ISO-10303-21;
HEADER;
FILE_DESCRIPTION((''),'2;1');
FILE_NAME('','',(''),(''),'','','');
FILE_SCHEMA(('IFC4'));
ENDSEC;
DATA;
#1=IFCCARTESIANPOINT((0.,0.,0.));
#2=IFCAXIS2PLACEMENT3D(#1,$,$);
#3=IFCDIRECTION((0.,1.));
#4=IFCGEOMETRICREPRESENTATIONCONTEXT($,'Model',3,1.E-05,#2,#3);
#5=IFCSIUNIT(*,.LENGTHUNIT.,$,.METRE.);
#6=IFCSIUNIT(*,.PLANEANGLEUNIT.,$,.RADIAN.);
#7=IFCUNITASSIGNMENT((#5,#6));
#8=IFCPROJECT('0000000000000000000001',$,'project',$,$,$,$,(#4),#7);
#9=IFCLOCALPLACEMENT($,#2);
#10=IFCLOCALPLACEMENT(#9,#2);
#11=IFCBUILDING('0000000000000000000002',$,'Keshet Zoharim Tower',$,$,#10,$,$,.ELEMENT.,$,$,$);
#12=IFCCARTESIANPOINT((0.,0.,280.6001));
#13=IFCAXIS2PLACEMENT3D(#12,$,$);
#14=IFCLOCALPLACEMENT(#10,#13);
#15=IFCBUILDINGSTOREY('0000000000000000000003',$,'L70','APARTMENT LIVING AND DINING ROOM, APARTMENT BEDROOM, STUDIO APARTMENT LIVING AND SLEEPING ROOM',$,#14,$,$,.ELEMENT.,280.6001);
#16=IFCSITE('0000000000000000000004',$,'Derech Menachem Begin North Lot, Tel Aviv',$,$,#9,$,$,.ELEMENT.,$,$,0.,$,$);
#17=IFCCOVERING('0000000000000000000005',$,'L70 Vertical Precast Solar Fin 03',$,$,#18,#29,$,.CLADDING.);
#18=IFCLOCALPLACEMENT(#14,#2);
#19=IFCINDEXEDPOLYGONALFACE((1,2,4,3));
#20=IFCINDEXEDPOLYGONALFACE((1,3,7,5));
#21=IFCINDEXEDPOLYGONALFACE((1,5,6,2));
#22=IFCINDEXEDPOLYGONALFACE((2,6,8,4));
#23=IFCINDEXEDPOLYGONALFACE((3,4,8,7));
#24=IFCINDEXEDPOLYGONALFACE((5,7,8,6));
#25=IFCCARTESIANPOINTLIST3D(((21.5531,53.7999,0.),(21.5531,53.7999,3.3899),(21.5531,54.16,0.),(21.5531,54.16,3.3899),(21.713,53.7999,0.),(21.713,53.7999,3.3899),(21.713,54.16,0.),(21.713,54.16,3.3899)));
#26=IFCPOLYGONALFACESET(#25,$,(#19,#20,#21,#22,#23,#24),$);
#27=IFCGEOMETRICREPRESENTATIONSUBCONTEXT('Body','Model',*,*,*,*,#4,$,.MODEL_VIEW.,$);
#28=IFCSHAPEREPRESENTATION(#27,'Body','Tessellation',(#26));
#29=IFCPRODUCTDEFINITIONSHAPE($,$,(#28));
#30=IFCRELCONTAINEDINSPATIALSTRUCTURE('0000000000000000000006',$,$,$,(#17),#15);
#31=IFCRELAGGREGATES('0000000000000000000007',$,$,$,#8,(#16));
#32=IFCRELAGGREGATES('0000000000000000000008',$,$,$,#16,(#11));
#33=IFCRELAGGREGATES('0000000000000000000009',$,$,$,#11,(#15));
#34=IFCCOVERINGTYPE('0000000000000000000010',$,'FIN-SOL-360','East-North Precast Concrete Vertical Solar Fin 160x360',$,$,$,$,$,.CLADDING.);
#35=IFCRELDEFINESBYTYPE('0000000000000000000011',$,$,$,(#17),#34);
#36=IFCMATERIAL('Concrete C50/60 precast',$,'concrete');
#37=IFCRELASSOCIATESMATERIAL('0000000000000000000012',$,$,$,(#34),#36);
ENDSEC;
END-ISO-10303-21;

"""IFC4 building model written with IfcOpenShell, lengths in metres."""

from ifc_helpers import new_model, si_unit, direction, frame, origin, origin_2d, place, context, subcontext, project, spatial, rectangle, extrude, material, type_object, element, save


model = new_model("IFC4")

# Units and contexts
model_context = context("Model", 3, precision=1e-05, world=origin(), true_north=direction((0.0, 1.0)))
body_context = subcontext(model_context, "Body", "Model", "MODEL_VIEW")
ifc_project = project(units=[si_unit("LENGTHUNIT", "METRE"), si_unit("PLANEANGLEUNIT", "RADIAN")], contexts=[model_context])

# Site, building, storey
site_placement = place(None, origin())
site = spatial("IfcSite", under=ifc_project, at=site_placement, Name="Derech Menachem Begin North Lot, Tel Aviv", CompositionType="ELEMENT", RefElevation=0.0)
building_placement = place(site_placement, origin())
building = spatial("IfcBuilding", under=site, at=building_placement, Name="Keshet Zoharim Tower", CompositionType="ELEMENT")
storey_placement = place(building_placement, frame((0.0, 0.0, 280.6001)))
storey = spatial("IfcBuildingStorey", under=building, at=storey_placement, Name="L70", Description="APARTMENT LIVING AND DINING ROOM, APARTMENT BEDROOM, STUDIO APARTMENT LIVING AND SLEEPING ROOM", CompositionType="ELEMENT", Elevation=280.6001)

# Covering
ifc_material_1 = material(Name="Concrete C50/60 precast", Category="concrete")
covering_type = type_object("IfcCoveringType", Name="FIN-SOL-360", Description="East-North Precast Concrete Vertical Solar Fin 160x360", PredefinedType="CLADDING", material=ifc_material_1)
covering_placement = place(storey_placement, frame((21.6331, 53.98, 0.0), z_axis=(0.0, 0.0, 1.0), x_axis=(1.0, 0.0, 0.0)))
element("IfcCovering", 1, at=covering_placement, inside=storey, type_object=covering_type, Name="L70 Vertical Precast Solar Fin 03", PredefinedType="CLADDING", context=body_context, shape_type="SweptSolid", body=[
    extrude(rectangle(XDim=0.1599, YDim=0.3601, at=origin_2d()), origin(), (0.0, 0.0, 1.0), 3.3899),
])

save(model, "model.ifc")
